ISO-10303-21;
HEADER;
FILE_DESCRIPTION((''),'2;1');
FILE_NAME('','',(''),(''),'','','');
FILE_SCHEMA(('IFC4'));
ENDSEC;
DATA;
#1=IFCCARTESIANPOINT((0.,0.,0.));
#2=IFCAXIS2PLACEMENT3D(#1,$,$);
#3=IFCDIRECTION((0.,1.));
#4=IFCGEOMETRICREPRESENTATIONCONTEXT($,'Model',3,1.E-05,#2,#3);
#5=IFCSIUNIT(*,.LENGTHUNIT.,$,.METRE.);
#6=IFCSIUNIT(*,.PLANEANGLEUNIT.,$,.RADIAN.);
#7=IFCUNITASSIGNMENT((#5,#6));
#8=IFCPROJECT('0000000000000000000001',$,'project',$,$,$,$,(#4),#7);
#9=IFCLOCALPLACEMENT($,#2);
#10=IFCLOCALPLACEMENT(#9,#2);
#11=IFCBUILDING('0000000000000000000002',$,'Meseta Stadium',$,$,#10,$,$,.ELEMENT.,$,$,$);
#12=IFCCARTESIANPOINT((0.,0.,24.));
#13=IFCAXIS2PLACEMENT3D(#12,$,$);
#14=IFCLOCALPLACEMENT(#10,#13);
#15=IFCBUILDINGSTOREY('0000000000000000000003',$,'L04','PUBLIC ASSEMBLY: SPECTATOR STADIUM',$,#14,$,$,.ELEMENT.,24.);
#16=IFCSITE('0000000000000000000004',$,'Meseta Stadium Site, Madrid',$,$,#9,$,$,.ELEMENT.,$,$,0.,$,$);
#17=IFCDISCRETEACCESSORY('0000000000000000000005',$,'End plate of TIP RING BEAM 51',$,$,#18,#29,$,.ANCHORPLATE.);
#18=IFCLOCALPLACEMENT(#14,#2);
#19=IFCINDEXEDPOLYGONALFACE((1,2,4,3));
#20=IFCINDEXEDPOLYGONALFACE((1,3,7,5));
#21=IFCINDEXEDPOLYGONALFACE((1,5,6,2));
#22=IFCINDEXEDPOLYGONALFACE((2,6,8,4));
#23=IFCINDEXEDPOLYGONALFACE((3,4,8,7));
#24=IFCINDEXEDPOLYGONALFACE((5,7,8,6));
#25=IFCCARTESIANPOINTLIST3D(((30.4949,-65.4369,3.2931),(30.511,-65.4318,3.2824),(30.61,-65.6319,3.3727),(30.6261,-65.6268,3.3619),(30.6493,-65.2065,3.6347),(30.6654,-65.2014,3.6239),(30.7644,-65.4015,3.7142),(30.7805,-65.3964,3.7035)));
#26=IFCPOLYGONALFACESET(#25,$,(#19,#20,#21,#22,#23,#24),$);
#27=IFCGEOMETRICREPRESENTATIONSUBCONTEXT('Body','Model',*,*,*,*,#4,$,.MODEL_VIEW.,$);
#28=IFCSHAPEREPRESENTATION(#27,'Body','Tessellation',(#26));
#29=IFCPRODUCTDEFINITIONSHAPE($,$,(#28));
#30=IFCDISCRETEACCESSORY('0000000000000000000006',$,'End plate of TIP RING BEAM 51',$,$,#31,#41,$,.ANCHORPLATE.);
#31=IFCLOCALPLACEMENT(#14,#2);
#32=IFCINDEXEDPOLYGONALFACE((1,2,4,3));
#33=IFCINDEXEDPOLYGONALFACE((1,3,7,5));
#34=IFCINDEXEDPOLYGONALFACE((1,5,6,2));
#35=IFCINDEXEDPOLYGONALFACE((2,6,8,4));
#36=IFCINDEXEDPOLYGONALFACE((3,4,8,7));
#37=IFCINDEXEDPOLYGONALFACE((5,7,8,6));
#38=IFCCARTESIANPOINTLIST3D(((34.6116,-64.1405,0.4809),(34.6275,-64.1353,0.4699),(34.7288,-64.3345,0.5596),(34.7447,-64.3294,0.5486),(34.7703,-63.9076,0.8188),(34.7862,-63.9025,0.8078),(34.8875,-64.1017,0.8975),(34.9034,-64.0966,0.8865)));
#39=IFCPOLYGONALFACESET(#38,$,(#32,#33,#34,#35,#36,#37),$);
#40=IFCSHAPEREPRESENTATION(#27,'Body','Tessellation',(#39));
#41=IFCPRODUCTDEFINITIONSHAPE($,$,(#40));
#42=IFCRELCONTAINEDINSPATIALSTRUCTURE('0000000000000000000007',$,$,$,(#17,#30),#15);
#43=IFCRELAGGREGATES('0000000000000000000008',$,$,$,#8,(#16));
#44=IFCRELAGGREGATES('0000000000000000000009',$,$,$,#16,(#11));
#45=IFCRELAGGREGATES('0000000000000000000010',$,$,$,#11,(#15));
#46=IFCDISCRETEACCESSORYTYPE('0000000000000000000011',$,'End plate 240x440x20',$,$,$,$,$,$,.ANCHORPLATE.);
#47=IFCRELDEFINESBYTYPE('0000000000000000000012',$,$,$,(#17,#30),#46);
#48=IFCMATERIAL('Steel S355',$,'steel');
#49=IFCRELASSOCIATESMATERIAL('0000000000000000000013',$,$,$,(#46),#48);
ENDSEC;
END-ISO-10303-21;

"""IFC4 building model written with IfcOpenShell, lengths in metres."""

from ifc_helpers import new_model, si_unit, direction, frame, origin, origin_2d, place, context, subcontext, project, spatial, rectangle, extrude, material, material_profile, profile_set, type_object, element, save


model = new_model("IFC4")

# Units and contexts
model_context = context("Model", 3, precision=1e-05, world=origin(), true_north=direction((0.0, 1.0)))
body_context = subcontext(model_context, "Body", "Model", "MODEL_VIEW")
ifc_project = project(units=[si_unit("LENGTHUNIT", "METRE"), si_unit("PLANEANGLEUNIT", "RADIAN")], contexts=[model_context])

# Site, building, storey
site_placement = place(None, origin())
site = spatial("IfcSite", under=ifc_project, at=site_placement, Name="Meseta Stadium Site, Madrid", CompositionType="ELEMENT", RefElevation=0.0)
building_placement = place(site_placement, origin())
building = spatial("IfcBuilding", under=site, at=building_placement, Name="Meseta Stadium", CompositionType="ELEMENT")
storey_placement = place(building_placement, frame((0.0, 0.0, 24.0)))
storey = spatial("IfcBuildingStorey", under=building, at=storey_placement, Name="L04", Description="PUBLIC ASSEMBLY: SPECTATOR STADIUM", CompositionType="ELEMENT", Elevation=24.0)

# Discrete accessories
ifc_material_1 = material(Name="Steel S355", Category="steel")
ifc_material_profile_1 = material_profile(ifc_material_1, rectangle(XDim=0.24, YDim=0.4399, at=origin_2d()), Name="PL 240x440")
ifc_profile_set_1 = profile_set([ifc_material_profile_1], Name="Steel S355")
discrete_accessory_type_1 = type_object("IfcDiscreteAccessoryType", Name="End plate 240x440x20", PredefinedType="ANCHORPLATE", material=ifc_profile_set_1)
for number, where, z_axis, x_axis, name in (
    (1, (30.6296, -65.4192, 3.5037), (0.80434, 0.255926, -0.536227), (-0.479489, 0.812558, -0.331422), "End plate of TIP RING BEAM 51"),
    (2, (34.7495, -64.1211, 0.6892), (0.794635, 0.256728, -0.550132), (-0.488286, 0.808743, -0.327889), "End plate of TIP RING BEAM 51"),
):
    element("IfcDiscreteAccessory", number, at=place(storey_placement, frame(where, z_axis=z_axis, x_axis=x_axis)), inside=storey, type_object=discrete_accessory_type_1, Name=name, PredefinedType="ANCHORPLATE", context=body_context, shape_type="SweptSolid", body=[
        extrude(rectangle(XDim=0.24, YDim=0.4399, at=origin_2d()), origin(), (0.0, 0.0, 1.0), 0.02),
    ])

save(model, "model.ifc")
